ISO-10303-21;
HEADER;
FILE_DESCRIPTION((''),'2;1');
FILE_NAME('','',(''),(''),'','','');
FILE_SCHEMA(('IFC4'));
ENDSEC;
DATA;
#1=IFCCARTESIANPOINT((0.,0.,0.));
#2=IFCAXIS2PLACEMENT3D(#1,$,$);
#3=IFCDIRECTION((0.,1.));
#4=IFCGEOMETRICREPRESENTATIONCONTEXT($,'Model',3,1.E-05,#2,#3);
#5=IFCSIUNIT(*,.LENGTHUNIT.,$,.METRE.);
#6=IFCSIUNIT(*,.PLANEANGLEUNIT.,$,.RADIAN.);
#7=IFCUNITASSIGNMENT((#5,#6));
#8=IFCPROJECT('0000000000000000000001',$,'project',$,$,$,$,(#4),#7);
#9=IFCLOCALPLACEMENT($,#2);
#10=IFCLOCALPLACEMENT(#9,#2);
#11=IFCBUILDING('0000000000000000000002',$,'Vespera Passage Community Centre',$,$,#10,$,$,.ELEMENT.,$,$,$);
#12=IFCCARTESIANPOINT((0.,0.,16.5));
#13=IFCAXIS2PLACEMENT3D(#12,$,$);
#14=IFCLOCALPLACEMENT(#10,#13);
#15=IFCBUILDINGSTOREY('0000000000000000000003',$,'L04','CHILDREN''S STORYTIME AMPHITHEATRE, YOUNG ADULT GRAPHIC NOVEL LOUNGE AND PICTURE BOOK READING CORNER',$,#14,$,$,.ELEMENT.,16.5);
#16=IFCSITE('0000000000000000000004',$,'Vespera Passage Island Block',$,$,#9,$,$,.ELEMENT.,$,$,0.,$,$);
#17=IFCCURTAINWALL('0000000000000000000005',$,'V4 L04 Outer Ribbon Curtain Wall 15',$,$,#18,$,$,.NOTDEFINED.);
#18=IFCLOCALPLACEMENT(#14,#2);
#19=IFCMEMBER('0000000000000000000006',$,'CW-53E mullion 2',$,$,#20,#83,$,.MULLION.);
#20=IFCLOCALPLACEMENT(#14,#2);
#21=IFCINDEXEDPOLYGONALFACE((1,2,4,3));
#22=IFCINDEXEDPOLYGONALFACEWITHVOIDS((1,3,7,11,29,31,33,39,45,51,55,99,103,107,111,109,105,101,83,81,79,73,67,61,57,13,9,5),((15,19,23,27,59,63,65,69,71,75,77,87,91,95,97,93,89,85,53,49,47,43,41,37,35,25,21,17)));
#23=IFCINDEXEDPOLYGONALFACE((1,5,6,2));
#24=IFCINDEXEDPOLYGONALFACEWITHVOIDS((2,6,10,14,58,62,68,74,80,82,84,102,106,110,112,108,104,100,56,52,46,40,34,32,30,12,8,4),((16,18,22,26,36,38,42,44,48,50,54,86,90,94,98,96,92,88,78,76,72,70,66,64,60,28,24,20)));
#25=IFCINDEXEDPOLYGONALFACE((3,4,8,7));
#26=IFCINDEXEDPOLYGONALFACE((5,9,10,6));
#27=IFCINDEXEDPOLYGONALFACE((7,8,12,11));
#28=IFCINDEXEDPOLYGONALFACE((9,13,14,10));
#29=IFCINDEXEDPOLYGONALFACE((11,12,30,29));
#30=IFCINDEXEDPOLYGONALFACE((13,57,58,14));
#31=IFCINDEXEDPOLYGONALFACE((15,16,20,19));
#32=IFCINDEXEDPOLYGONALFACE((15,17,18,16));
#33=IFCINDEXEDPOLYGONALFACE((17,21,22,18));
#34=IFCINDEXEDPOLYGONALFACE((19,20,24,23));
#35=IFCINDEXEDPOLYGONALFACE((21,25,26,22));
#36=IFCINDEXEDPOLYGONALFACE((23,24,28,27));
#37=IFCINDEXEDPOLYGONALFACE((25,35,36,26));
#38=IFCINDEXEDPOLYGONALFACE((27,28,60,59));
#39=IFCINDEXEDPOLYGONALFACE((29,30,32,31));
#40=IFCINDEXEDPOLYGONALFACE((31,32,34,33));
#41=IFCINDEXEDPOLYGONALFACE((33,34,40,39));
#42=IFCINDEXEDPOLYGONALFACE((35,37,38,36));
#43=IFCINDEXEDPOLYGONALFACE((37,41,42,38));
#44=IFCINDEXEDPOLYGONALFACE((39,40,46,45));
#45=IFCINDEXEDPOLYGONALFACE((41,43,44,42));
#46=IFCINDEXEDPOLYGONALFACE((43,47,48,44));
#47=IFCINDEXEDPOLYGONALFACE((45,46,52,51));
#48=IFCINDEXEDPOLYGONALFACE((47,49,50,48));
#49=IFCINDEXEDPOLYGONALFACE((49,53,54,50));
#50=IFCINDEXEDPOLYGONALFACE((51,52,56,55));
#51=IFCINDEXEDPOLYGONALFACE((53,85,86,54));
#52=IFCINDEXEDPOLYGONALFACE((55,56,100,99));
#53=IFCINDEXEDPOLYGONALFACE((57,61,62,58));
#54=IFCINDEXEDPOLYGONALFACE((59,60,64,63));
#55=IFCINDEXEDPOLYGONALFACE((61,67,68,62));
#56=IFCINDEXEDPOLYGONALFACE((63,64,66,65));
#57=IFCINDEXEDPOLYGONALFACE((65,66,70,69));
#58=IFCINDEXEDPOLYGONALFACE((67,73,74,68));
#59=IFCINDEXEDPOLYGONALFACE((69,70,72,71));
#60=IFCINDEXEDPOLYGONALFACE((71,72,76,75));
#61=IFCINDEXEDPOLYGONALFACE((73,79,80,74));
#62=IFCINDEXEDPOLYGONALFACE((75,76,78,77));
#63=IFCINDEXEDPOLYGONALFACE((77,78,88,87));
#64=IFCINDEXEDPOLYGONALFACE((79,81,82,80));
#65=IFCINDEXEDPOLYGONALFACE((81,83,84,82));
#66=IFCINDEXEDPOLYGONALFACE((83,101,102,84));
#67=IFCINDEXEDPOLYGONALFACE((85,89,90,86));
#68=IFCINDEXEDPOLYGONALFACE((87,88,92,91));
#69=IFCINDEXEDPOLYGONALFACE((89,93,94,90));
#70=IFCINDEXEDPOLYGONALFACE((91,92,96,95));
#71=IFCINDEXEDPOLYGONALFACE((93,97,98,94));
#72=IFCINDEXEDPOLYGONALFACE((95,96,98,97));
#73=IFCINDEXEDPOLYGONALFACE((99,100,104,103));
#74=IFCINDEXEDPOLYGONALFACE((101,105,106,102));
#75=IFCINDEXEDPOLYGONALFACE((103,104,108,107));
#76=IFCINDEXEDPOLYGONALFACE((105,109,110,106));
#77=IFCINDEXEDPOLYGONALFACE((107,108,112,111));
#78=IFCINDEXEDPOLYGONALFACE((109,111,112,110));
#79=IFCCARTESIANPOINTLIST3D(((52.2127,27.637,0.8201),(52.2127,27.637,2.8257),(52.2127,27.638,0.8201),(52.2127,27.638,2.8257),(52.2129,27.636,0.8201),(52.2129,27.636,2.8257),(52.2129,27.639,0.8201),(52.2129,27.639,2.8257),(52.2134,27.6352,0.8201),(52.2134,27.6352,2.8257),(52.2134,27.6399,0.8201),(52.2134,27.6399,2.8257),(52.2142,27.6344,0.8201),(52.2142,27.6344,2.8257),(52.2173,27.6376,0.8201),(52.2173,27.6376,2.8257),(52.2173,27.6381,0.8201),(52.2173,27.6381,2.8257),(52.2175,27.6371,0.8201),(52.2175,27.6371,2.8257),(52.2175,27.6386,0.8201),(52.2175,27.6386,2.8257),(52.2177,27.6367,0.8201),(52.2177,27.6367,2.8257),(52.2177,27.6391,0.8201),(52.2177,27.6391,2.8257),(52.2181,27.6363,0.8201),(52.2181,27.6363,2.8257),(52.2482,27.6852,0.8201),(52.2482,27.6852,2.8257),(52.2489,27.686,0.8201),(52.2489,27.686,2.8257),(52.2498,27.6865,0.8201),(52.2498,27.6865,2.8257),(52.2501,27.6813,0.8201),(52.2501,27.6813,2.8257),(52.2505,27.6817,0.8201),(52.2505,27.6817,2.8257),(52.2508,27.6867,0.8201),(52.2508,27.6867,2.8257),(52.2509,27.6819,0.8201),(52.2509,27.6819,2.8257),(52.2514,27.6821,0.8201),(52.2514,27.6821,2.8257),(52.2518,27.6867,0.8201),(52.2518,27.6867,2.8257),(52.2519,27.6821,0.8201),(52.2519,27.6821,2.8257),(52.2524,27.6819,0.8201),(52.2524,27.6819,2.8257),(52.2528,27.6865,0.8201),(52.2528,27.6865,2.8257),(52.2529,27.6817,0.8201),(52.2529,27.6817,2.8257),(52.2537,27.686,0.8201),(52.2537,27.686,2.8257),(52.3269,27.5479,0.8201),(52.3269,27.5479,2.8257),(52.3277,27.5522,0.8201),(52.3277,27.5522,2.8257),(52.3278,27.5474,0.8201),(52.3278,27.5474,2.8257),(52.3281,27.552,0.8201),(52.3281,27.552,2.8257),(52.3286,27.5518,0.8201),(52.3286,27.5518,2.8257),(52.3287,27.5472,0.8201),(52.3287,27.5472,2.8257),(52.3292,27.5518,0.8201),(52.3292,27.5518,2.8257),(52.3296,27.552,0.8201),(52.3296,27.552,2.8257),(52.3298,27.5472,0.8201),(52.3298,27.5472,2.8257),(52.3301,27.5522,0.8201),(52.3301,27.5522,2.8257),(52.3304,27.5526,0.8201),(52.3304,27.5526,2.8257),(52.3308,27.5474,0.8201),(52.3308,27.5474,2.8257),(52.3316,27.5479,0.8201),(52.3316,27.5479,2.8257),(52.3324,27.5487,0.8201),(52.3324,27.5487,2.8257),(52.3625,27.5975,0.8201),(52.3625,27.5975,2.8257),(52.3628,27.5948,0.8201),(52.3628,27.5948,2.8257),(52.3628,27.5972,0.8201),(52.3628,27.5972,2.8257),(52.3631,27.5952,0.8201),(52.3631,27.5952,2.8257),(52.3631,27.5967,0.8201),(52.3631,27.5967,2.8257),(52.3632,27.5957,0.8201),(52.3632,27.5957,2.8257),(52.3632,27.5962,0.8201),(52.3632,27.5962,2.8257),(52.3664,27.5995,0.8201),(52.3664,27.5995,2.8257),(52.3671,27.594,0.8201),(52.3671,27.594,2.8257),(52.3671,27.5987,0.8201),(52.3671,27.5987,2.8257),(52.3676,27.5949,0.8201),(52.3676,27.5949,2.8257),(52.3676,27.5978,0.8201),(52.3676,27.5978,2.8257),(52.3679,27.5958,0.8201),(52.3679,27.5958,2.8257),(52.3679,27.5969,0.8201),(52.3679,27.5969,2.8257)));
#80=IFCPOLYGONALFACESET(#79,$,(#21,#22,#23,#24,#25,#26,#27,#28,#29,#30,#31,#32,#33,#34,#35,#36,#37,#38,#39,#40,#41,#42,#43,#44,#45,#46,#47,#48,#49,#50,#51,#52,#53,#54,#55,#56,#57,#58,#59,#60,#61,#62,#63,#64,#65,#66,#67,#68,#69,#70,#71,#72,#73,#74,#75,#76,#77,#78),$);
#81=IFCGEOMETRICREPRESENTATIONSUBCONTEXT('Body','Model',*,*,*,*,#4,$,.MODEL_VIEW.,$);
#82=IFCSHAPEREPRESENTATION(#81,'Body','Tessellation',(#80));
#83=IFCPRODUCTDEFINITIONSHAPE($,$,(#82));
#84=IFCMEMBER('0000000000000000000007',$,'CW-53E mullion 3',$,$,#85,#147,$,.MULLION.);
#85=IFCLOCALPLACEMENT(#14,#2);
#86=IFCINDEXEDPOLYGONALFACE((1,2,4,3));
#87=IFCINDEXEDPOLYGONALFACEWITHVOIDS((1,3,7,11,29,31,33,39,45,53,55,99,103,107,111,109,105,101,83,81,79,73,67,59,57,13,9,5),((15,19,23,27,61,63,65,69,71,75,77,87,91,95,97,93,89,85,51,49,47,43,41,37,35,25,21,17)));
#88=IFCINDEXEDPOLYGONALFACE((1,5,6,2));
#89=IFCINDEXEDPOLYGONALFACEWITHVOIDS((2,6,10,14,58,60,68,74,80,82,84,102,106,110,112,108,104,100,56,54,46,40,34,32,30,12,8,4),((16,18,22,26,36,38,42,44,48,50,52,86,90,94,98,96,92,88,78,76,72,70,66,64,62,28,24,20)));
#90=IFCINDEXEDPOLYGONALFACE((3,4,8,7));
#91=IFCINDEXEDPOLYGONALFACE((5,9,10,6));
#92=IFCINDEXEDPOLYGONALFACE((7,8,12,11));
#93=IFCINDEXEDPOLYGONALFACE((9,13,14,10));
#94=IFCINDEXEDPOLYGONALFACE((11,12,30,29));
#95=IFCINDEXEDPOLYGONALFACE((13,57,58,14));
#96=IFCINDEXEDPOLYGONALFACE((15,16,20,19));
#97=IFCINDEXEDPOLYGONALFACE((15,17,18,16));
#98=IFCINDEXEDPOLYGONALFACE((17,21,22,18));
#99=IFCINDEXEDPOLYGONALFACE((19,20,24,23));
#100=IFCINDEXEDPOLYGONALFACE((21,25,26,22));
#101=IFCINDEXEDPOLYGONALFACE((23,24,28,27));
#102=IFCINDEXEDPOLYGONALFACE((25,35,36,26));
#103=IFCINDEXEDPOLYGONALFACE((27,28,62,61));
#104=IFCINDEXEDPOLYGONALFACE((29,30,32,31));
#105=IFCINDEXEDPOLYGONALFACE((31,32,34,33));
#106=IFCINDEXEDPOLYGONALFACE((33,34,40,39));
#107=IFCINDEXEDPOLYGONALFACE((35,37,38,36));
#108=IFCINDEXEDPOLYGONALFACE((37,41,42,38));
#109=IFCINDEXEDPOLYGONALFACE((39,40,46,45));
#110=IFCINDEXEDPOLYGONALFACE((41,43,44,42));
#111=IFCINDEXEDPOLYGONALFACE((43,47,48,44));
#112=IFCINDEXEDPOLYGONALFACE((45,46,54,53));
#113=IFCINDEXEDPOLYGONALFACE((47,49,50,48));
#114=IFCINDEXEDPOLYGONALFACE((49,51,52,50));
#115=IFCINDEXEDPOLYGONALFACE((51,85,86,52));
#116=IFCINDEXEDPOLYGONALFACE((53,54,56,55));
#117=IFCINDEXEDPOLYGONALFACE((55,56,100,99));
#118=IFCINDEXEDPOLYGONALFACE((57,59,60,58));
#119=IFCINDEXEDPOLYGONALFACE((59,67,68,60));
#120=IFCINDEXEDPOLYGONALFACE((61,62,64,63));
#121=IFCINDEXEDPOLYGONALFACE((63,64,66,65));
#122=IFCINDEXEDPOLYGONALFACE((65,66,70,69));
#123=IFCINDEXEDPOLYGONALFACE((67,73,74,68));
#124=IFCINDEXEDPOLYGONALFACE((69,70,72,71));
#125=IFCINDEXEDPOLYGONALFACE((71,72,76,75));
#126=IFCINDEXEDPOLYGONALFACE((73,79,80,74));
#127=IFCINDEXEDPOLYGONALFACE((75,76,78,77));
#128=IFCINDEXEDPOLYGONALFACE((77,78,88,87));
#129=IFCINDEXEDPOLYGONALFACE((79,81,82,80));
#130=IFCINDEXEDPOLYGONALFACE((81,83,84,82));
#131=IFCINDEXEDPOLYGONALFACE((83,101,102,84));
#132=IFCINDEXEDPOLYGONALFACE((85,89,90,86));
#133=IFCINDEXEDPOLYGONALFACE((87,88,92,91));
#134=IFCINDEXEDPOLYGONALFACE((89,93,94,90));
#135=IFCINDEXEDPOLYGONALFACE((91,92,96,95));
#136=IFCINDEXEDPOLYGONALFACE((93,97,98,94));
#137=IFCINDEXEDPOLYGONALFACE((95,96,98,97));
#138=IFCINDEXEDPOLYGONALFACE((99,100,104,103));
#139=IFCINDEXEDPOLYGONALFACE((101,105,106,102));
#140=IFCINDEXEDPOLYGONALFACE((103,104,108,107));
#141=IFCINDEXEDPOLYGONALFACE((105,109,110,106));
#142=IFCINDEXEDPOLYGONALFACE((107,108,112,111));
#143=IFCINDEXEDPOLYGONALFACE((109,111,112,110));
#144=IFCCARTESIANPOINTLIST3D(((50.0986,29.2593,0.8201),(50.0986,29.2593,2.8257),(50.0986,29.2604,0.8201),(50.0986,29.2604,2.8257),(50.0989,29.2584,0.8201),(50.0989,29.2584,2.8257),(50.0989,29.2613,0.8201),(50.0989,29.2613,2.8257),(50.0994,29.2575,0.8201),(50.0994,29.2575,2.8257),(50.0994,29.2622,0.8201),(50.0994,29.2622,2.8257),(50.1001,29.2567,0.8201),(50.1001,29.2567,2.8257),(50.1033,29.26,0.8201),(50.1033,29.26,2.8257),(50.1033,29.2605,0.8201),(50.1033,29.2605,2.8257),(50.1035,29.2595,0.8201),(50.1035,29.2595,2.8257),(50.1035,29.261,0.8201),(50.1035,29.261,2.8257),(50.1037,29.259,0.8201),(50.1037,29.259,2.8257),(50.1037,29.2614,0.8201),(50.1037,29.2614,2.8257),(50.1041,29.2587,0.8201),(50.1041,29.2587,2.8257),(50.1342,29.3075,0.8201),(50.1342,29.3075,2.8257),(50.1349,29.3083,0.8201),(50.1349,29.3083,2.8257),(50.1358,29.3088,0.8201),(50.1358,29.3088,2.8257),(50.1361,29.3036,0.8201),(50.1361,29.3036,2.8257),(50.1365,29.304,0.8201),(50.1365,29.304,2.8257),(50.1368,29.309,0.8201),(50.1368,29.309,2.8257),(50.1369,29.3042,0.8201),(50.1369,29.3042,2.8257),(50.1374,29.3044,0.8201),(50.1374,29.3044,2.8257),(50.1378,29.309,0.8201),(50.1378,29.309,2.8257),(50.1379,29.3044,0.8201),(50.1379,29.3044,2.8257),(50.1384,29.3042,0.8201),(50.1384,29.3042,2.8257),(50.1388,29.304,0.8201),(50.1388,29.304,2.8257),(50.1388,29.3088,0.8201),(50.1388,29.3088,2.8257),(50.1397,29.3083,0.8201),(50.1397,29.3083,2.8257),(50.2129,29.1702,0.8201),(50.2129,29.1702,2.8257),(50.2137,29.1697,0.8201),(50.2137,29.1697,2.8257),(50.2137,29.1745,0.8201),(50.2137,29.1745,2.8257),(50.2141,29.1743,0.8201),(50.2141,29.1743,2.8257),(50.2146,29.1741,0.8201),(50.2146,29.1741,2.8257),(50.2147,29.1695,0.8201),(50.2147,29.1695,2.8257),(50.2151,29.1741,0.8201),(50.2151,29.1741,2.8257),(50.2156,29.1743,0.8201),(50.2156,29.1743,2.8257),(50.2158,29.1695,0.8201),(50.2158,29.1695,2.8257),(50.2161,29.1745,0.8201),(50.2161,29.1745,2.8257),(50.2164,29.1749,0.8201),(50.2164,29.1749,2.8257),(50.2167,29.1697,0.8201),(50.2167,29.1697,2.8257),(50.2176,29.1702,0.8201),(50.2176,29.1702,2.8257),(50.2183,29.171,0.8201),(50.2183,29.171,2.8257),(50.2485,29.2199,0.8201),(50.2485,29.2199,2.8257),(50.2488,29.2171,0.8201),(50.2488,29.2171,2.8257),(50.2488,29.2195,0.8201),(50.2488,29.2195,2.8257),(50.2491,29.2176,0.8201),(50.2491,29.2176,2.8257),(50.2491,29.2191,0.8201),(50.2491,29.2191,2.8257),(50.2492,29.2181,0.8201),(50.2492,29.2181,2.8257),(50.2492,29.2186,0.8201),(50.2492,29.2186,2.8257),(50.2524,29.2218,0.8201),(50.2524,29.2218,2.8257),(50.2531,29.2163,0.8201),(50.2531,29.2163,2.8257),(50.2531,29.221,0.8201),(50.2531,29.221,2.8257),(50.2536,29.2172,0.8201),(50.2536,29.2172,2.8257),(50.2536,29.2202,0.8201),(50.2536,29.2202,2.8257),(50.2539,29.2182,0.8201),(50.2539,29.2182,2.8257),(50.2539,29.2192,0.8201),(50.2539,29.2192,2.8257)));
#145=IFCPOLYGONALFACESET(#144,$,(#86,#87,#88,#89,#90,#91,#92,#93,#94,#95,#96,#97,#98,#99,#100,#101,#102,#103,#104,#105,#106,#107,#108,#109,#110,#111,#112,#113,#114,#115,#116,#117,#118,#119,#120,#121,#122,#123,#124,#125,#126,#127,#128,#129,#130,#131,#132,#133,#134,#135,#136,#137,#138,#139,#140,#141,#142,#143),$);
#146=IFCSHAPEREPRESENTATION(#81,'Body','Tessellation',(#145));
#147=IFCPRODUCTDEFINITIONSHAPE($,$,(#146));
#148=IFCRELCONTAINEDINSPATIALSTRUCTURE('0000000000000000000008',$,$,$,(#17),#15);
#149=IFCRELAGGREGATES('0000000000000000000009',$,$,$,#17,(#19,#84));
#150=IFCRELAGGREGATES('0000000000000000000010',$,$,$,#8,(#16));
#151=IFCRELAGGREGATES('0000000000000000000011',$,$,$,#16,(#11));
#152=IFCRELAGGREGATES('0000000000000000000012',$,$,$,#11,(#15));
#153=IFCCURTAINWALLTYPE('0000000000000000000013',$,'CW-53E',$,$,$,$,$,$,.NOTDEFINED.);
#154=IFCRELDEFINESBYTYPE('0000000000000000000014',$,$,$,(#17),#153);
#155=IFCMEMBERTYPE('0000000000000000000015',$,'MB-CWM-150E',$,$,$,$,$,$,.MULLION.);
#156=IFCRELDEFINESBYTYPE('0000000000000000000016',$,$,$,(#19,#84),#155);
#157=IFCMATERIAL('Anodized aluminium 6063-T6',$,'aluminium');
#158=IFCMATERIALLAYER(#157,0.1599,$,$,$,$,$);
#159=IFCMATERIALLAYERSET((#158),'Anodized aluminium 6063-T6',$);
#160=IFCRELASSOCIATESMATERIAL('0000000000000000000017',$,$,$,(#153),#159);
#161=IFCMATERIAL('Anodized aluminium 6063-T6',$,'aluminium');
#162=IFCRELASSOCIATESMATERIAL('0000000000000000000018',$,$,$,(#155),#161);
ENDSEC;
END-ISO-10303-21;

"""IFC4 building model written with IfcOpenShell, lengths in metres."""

from ifc_helpers import new_model, si_unit, direction, frame, origin, origin_2d, place, context, subcontext, project, spatial, hollow_rectangle, extrude, material, layer, layer_set, material_profile, profile_set, type_object, element, aggregate, save


model = new_model("IFC4")

# Units and contexts
model_context = context("Model", 3, precision=1e-05, world=origin(), true_north=direction((0.0, 1.0)))
body_context = subcontext(model_context, "Body", "Model", "MODEL_VIEW")
ifc_project = project(units=[si_unit("LENGTHUNIT", "METRE"), si_unit("PLANEANGLEUNIT", "RADIAN")], contexts=[model_context])

# Site, building, storey
site_placement = place(None, origin())
site = spatial("IfcSite", under=ifc_project, at=site_placement, Name="Vespera Passage Island Block", CompositionType="ELEMENT", RefElevation=0.0)
building_placement = place(site_placement, origin())
building = spatial("IfcBuilding", under=site, at=building_placement, Name="Vespera Passage Community Centre", CompositionType="ELEMENT")
storey_placement = place(building_placement, frame((0.0, 0.0, 16.5)))
storey = spatial("IfcBuildingStorey", under=building, at=storey_placement, Name="L04", Description="CHILDREN'S STORYTIME AMPHITHEATRE, YOUNG ADULT GRAPHIC NOVEL LOUNGE AND PICTURE BOOK READING CORNER", CompositionType="ELEMENT", Elevation=16.5)

# Curtain wall, members
ifc_material_1 = material(Name="Anodized aluminium 6063-T6", Category="aluminium")
ifc_layer_1 = layer(ifc_material_1, 0.1599)
ifc_layer_set_1 = layer_set([ifc_layer_1], Name="Anodized aluminium 6063-T6")
curtain_wall_type = type_object("IfcCurtainWallType", Name="CW-53E", PredefinedType="NOTDEFINED", material=ifc_layer_set_1)
curtain_wall_placement = place(storey_placement, origin())
curtain_wall = element("IfcCurtainWall", 1, at=curtain_wall_placement, inside=storey, type_object=curtain_wall_type, Name="V4 L04 Outer Ribbon Curtain Wall 15", PredefinedType="NOTDEFINED")
ifc_material_2 = material(Name="Anodized aluminium 6063-T6", Category="aluminium")
ifc_material_profile_1 = material_profile(ifc_material_2, hollow_rectangle(XDim=0.0649, YDim=0.1499, WallThickness=0.0039, InnerFilletRadius=0.002, OuterFilletRadius=0.0039, at=origin_2d()), Name="ALU150X65X4")
ifc_profile_set_1 = profile_set([ifc_material_profile_1], Name="Anodized aluminium 6063-T6")
member_type_1 = type_object("IfcMemberType", Name="MB-CWM-150E", PredefinedType="MULLION", material=ifc_profile_set_1)
member_1_placement = place(storey_placement, frame((52.2903, 27.6169, 0.8201), z_axis=(0.0, 0.0, 1.0), x_axis=(-0.608772, -0.793345, 0.0)))
member_1 = element("IfcMember", 2, at=member_1_placement, type_object=member_type_1, Name="CW-53E mullion 2", PredefinedType="MULLION", context=body_context, shape_type="SweptSolid", body=[
    extrude(hollow_rectangle(XDim=0.0649, YDim=0.1499, WallThickness=0.0039, InnerFilletRadius=0.002, OuterFilletRadius=0.0039, at=origin_2d()), origin(), (0.0, 0.0, 1.0), 2.0056),
])
member_2_placement = place(storey_placement, frame((50.1763, 29.2393, 0.8201), z_axis=(0.0, 0.0, 1.0), x_axis=(-0.608772, -0.793345, 0.0)))
member_2 = element("IfcMember", 3, at=member_2_placement, type_object=member_type_1, Name="CW-53E mullion 3", PredefinedType="MULLION", context=body_context, shape_type="SweptSolid", body=[
    extrude(hollow_rectangle(XDim=0.0649, YDim=0.1499, WallThickness=0.0039, InnerFilletRadius=0.002, OuterFilletRadius=0.0039, at=origin_2d()), origin(), (0.0, 0.0, 1.0), 2.0056),
])
aggregate(curtain_wall, [member_1, member_2])

save(model, "model.ifc")
